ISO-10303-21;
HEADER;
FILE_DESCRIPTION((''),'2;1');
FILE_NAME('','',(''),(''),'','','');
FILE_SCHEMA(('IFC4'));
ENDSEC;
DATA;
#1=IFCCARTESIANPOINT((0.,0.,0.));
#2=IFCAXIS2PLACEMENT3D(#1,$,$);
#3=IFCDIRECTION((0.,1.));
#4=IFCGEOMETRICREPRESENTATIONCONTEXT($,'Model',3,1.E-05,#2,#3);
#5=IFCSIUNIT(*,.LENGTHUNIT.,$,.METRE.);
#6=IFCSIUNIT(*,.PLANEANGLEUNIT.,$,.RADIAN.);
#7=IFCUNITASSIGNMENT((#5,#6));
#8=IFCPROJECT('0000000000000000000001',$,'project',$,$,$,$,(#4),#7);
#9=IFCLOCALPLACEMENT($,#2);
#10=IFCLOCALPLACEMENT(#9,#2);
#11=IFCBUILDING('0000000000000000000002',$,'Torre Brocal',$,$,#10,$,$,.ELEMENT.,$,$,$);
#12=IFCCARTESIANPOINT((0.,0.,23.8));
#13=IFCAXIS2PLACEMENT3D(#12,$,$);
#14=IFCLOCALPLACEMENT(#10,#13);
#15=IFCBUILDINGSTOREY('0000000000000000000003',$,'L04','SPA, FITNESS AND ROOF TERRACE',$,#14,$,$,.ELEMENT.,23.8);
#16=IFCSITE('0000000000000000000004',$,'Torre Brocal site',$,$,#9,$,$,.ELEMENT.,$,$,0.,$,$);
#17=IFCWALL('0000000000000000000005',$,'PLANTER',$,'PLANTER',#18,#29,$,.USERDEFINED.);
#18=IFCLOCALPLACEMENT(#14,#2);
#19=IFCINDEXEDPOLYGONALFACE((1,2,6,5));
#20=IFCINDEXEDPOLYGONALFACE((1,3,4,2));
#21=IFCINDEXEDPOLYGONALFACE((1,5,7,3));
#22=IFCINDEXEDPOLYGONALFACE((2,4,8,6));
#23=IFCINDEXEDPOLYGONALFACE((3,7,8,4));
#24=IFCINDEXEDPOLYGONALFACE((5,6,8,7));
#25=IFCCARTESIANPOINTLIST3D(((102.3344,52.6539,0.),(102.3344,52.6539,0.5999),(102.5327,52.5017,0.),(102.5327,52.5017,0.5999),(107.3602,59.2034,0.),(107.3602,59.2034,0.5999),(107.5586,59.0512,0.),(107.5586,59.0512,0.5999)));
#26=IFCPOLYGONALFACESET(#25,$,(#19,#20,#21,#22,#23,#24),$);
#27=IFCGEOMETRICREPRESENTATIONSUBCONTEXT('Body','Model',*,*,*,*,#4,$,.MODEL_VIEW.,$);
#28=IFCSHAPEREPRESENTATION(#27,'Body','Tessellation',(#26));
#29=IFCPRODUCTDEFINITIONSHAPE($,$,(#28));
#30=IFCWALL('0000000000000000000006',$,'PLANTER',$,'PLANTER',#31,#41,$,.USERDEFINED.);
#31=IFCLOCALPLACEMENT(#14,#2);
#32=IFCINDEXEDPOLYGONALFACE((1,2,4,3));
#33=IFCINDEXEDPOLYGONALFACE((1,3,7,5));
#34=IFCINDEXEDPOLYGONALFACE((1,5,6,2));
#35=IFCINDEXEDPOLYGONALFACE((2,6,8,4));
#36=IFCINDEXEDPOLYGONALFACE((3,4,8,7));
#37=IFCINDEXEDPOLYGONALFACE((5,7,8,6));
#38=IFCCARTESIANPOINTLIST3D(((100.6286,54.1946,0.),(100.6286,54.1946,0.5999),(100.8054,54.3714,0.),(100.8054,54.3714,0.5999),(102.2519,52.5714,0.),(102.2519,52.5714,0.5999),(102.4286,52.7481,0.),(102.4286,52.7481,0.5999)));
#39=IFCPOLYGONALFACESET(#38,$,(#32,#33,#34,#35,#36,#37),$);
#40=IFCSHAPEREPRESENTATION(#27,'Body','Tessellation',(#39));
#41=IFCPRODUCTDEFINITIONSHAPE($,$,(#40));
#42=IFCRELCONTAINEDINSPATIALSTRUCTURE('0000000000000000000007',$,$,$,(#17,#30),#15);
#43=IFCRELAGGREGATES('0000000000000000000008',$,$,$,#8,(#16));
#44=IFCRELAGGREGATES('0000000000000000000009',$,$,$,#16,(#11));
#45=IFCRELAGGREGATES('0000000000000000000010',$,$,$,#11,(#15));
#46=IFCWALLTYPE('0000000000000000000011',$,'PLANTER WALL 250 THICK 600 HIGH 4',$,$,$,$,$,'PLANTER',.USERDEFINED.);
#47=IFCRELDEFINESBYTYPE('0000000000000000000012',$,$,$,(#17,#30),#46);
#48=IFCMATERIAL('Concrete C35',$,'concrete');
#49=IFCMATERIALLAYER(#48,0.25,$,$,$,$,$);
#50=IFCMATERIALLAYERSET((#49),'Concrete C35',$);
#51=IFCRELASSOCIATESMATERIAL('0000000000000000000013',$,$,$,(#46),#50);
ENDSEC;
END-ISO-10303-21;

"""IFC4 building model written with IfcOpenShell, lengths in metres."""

from ifc_helpers import new_model, si_unit, direction, frame, frame_2d, origin, place, context, subcontext, project, spatial, rectangle, extrude, material, layer, layer_set, type_object, element, save


model = new_model("IFC4")

# Units and contexts
model_context = context("Model", 3, precision=1e-05, world=origin(), true_north=direction((0.0, 1.0)))
body_context = subcontext(model_context, "Body", "Model", "MODEL_VIEW")
ifc_project = project(units=[si_unit("LENGTHUNIT", "METRE"), si_unit("PLANEANGLEUNIT", "RADIAN")], contexts=[model_context])

# Site, building, storey
site_placement = place(None, origin())
site = spatial("IfcSite", under=ifc_project, at=site_placement, Name="Torre Brocal site", CompositionType="ELEMENT", RefElevation=0.0)
building_placement = place(site_placement, origin())
building = spatial("IfcBuilding", under=site, at=building_placement, Name="Torre Brocal", CompositionType="ELEMENT")
storey_placement = place(building_placement, frame((0.0, 0.0, 23.8)))
storey = spatial("IfcBuildingStorey", under=building, at=storey_placement, Name="L04", Description="SPA, FITNESS AND ROOF TERRACE", CompositionType="ELEMENT", Elevation=23.8)

# Walls
ifc_material_1 = material(Name="Concrete C35", Category="concrete")
ifc_layer_1 = layer(ifc_material_1, 0.25)
ifc_layer_set_1 = layer_set([ifc_layer_1], Name="Concrete C35")
wall_type_1 = type_object("IfcWallType", Name="PLANTER WALL 250 THICK 600 HIGH 4", ElementType="PLANTER", PredefinedType="USERDEFINED", material=ifc_layer_set_1)
wall_1_placement = place(storey_placement, frame((107.4595, 59.1274, 0.0), z_axis=(0.0, 0.0, 1.0), x_axis=(-0.608779, -0.79334, 0.0)))
element("IfcWall", 1, at=wall_1_placement, inside=storey, type_object=wall_type_1, Name="PLANTER", ObjectType="PLANTER", PredefinedType="USERDEFINED", context=body_context, shape_type="SweptSolid", body=[
    extrude(rectangle(XDim=8.2556, YDim=0.25, at=frame_2d((4.1279, 0.0))), origin(), (0.0, 0.0, 1.0), 0.5999),
])
wall_2_placement = place(storey_placement, frame((102.3403, 52.6597, 0.0), z_axis=(0.0, 0.0, 1.0), x_axis=(-0.707107, 0.707107, 0.0)))
element("IfcWall", 2, at=wall_2_placement, inside=storey, type_object=wall_type_1, Name="PLANTER", ObjectType="PLANTER", PredefinedType="USERDEFINED", context=body_context, shape_type="SweptSolid", body=[
    extrude(rectangle(XDim=2.2957, YDim=0.25, at=frame_2d((1.1479, 0.0))), origin(), (0.0, 0.0, 1.0), 0.5999),
])

save(model, "model.ifc")
